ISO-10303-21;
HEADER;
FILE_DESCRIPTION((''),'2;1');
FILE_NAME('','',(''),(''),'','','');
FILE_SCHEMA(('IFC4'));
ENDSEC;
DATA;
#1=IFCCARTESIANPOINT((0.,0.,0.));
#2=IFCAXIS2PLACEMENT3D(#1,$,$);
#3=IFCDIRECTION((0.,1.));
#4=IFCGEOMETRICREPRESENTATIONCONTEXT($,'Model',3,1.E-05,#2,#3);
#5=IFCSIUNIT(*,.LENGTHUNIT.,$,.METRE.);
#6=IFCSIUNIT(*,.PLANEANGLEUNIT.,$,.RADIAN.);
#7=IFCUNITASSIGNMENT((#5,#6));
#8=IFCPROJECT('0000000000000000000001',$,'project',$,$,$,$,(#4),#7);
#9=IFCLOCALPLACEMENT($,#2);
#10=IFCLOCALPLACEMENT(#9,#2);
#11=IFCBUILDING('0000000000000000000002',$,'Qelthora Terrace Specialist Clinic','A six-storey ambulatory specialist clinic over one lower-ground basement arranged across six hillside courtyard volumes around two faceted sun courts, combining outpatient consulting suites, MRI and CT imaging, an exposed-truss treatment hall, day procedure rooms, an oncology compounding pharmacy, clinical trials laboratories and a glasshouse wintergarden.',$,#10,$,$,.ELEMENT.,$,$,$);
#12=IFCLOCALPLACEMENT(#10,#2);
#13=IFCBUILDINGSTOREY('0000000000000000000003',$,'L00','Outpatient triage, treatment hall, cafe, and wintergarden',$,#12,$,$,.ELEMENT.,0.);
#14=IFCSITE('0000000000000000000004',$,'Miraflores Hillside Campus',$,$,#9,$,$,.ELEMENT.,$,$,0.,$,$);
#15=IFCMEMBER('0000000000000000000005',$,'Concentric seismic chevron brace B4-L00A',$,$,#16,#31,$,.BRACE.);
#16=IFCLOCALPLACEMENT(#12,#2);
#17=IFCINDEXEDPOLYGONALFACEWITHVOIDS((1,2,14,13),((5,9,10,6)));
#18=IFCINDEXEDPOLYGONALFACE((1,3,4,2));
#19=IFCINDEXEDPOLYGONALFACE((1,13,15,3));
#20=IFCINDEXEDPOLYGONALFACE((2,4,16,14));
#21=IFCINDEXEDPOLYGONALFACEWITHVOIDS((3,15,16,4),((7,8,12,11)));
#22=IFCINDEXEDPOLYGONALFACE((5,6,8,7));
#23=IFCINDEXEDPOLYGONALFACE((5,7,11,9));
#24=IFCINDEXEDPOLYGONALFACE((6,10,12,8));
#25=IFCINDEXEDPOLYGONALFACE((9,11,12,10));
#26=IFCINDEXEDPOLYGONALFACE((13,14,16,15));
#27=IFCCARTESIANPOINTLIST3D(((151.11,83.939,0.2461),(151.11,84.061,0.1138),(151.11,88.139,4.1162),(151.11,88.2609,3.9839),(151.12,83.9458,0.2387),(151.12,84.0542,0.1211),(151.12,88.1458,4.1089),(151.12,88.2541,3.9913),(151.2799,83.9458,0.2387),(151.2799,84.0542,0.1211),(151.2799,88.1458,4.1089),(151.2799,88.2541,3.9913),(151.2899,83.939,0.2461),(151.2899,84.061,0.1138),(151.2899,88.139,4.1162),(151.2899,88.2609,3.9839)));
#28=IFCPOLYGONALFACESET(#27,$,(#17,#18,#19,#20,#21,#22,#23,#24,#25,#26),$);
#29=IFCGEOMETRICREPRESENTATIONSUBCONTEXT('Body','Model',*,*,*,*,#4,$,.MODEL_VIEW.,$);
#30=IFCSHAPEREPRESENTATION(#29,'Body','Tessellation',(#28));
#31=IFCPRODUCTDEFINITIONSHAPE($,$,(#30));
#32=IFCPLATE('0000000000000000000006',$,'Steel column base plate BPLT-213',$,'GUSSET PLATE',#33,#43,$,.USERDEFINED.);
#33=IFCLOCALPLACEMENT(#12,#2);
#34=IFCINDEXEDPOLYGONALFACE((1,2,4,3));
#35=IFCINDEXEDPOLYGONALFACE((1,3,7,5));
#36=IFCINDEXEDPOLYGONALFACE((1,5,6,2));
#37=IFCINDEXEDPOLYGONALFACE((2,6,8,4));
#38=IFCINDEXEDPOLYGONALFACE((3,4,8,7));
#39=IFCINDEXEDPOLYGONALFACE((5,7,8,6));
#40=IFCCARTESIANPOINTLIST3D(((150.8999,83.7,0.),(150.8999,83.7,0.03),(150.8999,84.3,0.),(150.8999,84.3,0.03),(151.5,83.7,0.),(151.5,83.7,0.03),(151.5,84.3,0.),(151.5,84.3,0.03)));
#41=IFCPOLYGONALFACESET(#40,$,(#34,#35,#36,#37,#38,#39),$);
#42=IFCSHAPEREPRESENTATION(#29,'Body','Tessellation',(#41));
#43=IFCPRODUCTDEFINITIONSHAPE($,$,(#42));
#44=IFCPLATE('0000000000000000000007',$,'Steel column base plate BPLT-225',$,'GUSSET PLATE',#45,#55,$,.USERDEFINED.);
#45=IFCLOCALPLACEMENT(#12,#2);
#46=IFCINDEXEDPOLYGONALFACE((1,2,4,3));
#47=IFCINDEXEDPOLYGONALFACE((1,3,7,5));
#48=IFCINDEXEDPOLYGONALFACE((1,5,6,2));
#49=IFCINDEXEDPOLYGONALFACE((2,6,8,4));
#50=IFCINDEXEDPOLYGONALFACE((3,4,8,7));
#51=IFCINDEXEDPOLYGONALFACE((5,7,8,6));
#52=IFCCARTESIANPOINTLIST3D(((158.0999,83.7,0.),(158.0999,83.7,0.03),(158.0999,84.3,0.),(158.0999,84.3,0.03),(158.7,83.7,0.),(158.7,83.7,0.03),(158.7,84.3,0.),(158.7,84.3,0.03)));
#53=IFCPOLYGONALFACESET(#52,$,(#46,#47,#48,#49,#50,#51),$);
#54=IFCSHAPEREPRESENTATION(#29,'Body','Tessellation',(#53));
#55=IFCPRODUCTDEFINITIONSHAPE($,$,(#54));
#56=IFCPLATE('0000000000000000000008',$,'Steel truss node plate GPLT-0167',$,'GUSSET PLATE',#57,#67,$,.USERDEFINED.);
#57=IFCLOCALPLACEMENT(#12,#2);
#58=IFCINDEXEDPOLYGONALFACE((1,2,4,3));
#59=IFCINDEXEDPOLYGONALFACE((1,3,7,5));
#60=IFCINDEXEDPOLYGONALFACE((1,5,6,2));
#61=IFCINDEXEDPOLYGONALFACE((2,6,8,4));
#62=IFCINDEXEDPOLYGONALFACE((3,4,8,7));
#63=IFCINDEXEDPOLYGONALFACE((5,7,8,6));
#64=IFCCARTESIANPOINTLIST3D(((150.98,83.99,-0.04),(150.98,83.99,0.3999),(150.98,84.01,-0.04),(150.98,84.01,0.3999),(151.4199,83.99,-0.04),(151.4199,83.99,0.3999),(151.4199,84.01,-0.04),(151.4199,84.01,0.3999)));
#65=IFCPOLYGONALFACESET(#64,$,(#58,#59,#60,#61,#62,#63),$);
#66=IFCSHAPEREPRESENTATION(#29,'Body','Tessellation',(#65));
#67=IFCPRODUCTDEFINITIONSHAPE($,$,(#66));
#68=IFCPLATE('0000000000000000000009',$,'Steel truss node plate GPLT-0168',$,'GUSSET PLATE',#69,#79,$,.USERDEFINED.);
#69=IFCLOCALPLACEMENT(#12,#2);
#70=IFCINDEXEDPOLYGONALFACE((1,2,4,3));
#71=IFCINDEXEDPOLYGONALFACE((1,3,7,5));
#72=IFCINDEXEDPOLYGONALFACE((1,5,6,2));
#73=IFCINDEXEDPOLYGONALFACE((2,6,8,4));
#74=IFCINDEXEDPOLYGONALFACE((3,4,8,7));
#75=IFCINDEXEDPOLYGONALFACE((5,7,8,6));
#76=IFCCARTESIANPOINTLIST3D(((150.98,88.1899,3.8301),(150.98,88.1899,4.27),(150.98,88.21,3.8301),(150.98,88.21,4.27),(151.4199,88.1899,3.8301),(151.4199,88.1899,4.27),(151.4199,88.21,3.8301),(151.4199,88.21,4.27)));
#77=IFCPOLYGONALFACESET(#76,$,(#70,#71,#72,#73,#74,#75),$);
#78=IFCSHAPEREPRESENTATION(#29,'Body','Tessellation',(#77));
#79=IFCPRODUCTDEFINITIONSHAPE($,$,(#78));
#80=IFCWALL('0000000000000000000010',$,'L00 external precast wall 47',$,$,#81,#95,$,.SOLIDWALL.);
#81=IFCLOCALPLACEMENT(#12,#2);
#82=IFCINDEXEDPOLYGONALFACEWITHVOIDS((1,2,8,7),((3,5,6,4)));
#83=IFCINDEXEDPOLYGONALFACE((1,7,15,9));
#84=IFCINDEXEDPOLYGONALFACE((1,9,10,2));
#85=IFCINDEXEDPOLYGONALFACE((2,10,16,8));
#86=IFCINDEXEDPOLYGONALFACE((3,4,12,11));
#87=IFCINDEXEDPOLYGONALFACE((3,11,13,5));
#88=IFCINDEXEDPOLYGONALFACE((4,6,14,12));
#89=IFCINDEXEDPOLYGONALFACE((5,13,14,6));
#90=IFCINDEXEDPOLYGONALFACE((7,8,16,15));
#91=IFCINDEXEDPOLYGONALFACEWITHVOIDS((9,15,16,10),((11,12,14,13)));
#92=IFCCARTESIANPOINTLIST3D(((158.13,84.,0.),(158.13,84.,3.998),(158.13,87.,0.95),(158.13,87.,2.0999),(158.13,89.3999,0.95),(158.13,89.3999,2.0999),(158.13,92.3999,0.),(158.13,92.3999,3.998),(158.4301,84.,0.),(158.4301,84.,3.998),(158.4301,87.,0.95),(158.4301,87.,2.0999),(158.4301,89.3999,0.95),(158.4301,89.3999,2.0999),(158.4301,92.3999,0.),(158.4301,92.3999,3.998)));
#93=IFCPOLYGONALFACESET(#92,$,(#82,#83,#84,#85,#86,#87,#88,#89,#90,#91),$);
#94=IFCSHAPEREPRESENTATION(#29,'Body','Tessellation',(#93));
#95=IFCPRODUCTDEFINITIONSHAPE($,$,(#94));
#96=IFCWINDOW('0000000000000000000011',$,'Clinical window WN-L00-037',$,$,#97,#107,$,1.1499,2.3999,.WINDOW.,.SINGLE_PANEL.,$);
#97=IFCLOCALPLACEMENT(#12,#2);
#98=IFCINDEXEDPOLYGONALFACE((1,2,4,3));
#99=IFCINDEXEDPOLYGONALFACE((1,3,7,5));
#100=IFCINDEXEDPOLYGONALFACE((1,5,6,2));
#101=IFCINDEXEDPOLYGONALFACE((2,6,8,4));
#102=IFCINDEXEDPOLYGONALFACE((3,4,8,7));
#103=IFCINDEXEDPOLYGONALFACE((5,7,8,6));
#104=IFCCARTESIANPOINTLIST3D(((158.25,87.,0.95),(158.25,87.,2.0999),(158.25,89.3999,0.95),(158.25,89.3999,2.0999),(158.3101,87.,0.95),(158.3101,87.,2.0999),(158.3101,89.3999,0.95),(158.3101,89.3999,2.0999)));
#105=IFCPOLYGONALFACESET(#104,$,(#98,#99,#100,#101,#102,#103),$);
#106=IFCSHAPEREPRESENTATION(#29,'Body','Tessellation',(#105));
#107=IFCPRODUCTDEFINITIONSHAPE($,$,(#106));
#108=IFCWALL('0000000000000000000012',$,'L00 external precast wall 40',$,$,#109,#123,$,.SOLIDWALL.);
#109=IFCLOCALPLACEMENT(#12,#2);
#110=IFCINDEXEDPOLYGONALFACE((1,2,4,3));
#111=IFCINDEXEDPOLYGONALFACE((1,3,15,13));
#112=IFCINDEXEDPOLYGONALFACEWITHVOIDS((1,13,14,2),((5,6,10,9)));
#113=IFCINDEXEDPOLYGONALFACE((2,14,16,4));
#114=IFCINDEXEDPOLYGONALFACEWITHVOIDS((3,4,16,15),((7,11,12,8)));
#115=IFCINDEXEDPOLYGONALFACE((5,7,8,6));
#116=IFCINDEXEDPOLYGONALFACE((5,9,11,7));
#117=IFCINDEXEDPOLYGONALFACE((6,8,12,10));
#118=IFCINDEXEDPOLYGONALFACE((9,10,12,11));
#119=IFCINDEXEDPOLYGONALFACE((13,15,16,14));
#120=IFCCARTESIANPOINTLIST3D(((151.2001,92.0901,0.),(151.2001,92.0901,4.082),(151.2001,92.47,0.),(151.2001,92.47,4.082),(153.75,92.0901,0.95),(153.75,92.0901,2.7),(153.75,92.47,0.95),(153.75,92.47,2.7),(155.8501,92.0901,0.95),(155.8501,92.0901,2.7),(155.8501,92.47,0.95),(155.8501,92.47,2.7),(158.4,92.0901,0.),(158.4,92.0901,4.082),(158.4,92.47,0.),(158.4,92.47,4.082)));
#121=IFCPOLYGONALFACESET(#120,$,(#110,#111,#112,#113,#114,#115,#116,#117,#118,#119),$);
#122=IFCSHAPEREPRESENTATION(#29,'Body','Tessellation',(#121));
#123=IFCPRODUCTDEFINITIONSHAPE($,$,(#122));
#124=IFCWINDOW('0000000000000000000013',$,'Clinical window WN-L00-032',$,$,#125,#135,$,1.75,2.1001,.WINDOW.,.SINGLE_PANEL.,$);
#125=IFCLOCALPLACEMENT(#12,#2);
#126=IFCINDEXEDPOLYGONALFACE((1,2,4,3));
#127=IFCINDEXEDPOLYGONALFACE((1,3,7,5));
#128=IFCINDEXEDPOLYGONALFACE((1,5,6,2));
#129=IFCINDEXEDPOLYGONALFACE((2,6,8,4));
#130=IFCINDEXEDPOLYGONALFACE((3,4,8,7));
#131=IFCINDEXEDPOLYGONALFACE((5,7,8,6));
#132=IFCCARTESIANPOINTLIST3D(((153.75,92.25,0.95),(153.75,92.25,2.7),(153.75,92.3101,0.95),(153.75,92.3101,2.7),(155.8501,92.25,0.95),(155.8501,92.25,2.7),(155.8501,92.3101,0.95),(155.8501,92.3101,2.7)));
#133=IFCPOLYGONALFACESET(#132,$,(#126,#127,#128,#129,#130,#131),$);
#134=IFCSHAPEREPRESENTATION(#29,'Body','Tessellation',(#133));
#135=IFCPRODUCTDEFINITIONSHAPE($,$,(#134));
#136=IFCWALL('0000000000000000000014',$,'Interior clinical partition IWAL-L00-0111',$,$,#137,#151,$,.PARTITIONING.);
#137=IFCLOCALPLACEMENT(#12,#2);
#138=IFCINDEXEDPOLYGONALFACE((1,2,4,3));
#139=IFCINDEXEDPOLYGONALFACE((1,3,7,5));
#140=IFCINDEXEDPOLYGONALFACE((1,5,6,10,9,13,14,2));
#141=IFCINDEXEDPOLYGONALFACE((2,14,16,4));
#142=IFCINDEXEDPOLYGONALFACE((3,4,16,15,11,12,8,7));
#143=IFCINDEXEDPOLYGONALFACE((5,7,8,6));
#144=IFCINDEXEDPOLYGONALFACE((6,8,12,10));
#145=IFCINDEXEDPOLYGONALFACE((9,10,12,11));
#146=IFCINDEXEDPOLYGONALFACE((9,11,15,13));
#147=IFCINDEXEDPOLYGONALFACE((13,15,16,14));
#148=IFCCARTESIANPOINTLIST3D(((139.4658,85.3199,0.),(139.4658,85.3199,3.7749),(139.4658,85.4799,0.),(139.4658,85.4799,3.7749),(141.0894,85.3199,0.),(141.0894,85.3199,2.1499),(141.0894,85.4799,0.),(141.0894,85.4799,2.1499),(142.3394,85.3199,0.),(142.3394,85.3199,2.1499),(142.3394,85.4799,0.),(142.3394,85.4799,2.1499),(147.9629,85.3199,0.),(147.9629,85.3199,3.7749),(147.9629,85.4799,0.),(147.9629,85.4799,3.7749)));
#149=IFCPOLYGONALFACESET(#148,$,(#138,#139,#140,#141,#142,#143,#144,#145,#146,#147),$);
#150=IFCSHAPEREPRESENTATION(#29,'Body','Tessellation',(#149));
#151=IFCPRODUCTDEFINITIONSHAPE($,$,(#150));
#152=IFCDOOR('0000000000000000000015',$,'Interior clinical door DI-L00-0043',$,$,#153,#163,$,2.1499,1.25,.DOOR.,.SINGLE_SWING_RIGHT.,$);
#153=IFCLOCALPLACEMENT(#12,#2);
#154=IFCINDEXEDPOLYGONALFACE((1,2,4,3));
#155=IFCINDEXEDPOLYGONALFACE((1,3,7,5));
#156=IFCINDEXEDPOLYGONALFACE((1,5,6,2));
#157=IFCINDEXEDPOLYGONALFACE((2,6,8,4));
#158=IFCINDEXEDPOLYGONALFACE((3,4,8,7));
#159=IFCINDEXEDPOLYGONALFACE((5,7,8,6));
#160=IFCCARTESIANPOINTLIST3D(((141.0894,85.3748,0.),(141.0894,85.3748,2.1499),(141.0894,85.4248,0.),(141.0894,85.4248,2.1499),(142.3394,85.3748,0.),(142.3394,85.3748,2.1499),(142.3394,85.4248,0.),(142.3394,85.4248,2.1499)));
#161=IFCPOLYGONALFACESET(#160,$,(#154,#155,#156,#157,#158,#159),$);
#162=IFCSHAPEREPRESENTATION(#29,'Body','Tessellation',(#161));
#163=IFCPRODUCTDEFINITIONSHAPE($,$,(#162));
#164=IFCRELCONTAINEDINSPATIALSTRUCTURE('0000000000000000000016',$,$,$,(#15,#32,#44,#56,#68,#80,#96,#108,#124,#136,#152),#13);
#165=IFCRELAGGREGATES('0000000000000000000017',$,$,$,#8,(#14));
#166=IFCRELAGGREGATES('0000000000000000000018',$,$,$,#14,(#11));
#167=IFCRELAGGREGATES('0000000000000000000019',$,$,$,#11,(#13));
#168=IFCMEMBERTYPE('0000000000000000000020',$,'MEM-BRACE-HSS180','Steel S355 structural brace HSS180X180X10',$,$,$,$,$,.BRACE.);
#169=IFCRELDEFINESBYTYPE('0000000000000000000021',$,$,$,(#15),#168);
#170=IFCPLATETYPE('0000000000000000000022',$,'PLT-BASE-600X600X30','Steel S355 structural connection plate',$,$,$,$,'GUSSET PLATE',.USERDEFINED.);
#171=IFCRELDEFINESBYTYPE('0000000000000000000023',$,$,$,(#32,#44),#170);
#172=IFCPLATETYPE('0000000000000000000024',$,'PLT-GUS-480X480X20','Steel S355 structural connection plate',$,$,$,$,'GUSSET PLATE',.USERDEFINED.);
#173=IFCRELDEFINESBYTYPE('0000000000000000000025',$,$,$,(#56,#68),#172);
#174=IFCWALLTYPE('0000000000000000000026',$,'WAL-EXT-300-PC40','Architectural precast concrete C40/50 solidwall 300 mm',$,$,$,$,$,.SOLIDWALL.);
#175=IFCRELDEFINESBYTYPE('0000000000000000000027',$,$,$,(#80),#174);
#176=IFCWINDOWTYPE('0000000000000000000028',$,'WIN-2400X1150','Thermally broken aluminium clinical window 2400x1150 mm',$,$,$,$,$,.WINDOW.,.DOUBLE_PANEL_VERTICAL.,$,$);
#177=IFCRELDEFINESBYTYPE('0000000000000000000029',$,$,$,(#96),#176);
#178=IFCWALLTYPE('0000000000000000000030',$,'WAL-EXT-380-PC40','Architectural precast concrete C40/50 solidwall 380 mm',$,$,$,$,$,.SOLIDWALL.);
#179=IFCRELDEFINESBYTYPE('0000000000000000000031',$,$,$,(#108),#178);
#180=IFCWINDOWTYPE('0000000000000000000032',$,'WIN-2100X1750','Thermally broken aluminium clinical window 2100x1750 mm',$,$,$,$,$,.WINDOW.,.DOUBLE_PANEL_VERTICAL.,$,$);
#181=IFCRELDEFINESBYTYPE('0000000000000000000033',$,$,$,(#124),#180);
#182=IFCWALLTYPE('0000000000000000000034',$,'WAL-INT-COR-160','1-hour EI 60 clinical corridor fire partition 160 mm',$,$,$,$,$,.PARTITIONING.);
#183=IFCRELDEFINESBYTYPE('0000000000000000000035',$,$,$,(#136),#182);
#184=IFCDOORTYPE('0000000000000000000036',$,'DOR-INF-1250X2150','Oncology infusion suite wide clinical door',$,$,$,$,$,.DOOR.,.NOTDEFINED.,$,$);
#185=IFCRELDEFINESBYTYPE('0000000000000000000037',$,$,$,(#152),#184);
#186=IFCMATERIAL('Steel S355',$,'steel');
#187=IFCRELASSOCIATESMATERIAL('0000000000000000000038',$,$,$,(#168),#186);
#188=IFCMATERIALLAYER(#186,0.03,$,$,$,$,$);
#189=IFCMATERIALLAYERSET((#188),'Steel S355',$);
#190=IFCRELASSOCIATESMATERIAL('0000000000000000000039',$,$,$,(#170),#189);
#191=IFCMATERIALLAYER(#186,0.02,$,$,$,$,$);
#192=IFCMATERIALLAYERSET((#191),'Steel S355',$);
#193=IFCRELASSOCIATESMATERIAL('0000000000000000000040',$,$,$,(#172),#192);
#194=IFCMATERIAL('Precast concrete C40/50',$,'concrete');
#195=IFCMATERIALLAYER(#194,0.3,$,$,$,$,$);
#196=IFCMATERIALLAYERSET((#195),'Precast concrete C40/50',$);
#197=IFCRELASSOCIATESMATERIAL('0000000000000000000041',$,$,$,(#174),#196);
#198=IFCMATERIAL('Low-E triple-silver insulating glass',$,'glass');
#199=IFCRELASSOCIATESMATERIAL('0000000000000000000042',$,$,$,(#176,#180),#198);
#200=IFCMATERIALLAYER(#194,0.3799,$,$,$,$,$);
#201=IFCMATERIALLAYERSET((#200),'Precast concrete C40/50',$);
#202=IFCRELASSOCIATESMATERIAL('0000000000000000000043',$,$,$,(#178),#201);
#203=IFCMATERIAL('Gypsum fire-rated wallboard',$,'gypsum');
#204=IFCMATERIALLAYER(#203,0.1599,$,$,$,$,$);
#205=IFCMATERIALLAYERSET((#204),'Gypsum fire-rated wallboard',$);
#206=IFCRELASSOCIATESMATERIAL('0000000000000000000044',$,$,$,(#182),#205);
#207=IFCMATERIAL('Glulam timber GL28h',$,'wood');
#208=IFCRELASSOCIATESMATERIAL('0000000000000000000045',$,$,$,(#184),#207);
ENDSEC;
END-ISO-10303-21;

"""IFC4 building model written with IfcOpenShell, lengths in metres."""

from ifc_helpers import new_model, si_unit, direction, frame, frame_2d, origin, origin_2d, place, context, subcontext, project, spatial, rectangle, hollow_rectangle, extrude, material, layer, layer_set, material_profile, profile_set, type_object, element, fill, save


model = new_model("IFC4")

# Units and contexts
model_context = context("Model", 3, precision=1e-05, world=origin(), true_north=direction((0.0, 1.0)))
body_context = subcontext(model_context, "Body", "Model", "MODEL_VIEW")
ifc_project = project(units=[si_unit("LENGTHUNIT", "METRE"), si_unit("PLANEANGLEUNIT", "RADIAN")], contexts=[model_context])

# Site, building, storey
site_placement = place(None, origin())
site = spatial("IfcSite", under=ifc_project, at=site_placement, Name="Miraflores Hillside Campus", CompositionType="ELEMENT", RefElevation=0.0)
building_placement = place(site_placement, origin())
building = spatial("IfcBuilding", under=site, at=building_placement, Name="Qelthora Terrace Specialist Clinic", Description="A six-storey ambulatory specialist clinic over one lower-ground basement arranged across six hillside courtyard volumes around two faceted sun courts, combining outpatient consulting suites, MRI and CT imaging, an exposed-truss treatment hall, day procedure rooms, an oncology compounding pharmacy, clinical trials laboratories and a glasshouse wintergarden.", CompositionType="ELEMENT")
storey_placement = place(building_placement, origin())
storey = spatial("IfcBuildingStorey", under=building, at=storey_placement, Name="L00", Description="Outpatient triage, treatment hall, cafe, and wintergarden", CompositionType="ELEMENT", Elevation=0.0)

# Shared definitions
ifc_material_1 = material(Name="Steel S355", Category="steel")

# Member
ifc_material_profile_1 = material_profile(ifc_material_1, hollow_rectangle(XDim=0.1799, YDim=0.1799, WallThickness=0.01, at=origin_2d()), Name="HSS180X180X10")
ifc_profile_set_1 = profile_set([ifc_material_profile_1], Name="Steel S355")
member_type = type_object("IfcMemberType", Name="MEM-BRACE-HSS180", Description="Steel S355 structural brace HSS180X180X10", PredefinedType="BRACE", material=ifc_profile_set_1)
member_placement = place(storey_placement, frame((151.2, 84.0, 0.1799), z_axis=(0.0, 0.735393, 0.677641), x_axis=(-1.0, 0.0, 0.0)))
element("IfcMember", 1, at=member_placement, inside=storey, type_object=member_type, Name="Concentric seismic chevron brace B4-L00A", PredefinedType="BRACE", context=body_context, shape_type="SweptSolid", body=[
    extrude(hollow_rectangle(XDim=0.1799, YDim=0.1799, WallThickness=0.01, at=origin_2d()), origin(), (0.0, 0.0, 1.0), 5.7112),
])

# Plates
ifc_layer_1 = layer(ifc_material_1, 0.03)
ifc_layer_set_1 = layer_set([ifc_layer_1], Name="Steel S355")
plate_type_1 = type_object("IfcPlateType", Name="PLT-BASE-600X600X30", Description="Steel S355 structural connection plate", ElementType="GUSSET PLATE", PredefinedType="USERDEFINED", material=ifc_layer_set_1)
for number, where, z_axis, x_axis, name in (
    (2, (151.2, 84.0, 0.0), (0.0, 0.0, 1.0), (1.0, 0.0, 0.0), "Steel column base plate BPLT-213"),
    (3, (158.3999, 84.0, 0.0), (0.0, 0.0, 1.0), (1.0, 0.0, 0.0), "Steel column base plate BPLT-225"),
):
    element("IfcPlate", number, at=place(storey_placement, frame(where, z_axis=z_axis, x_axis=x_axis)), inside=storey, type_object=plate_type_1, Name=name, ObjectType="GUSSET PLATE", PredefinedType="USERDEFINED", context=body_context, shape_type="SweptSolid", body=[
        extrude(rectangle(XDim=0.6001, YDim=0.6001, at=origin_2d()), origin(), (0.0, 0.0, 1.0), 0.03),
    ])
ifc_layer_2 = layer(ifc_material_1, 0.02)
ifc_layer_set_2 = layer_set([ifc_layer_2], Name="Steel S355")
plate_type_2 = type_object("IfcPlateType", Name="PLT-GUS-480X480X20", Description="Steel S355 structural connection plate", ElementType="GUSSET PLATE", PredefinedType="USERDEFINED", material=ifc_layer_set_2)
for number, where, z_axis, x_axis, name in (
    (4, (151.2, 84.0, -0.04), (0.0, 0.0, 1.0), (1.0, 0.0, 0.0), "Steel truss node plate GPLT-0167"),
    (5, (151.2, 88.2, 3.8301), (0.0, 0.0, 1.0), (1.0, 0.0, 0.0), "Steel truss node plate GPLT-0168"),
):
    element("IfcPlate", number, at=place(storey_placement, frame(where, z_axis=z_axis, x_axis=x_axis)), inside=storey, type_object=plate_type_2, Name=name, ObjectType="GUSSET PLATE", PredefinedType="USERDEFINED", context=body_context, shape_type="SweptSolid", body=[
        extrude(rectangle(XDim=0.4399, YDim=0.02, at=origin_2d()), origin(), (0.0, 0.0, 1.0), 0.4399),
    ])

# Walls, openings, windows
ifc_material_2 = material(Name="Precast concrete C40/50", Category="concrete")
ifc_layer_3 = layer(ifc_material_2, 0.3)
ifc_layer_set_3 = layer_set([ifc_layer_3], Name="Precast concrete C40/50")
wall_type_1 = type_object("IfcWallType", Name="WAL-EXT-300-PC40", Description="Architectural precast concrete C40/50 solidwall 300 mm", PredefinedType="SOLIDWALL", material=ifc_layer_set_3)
wall_1_placement = place(storey_placement, frame((158.28, 84.0, 0.0), z_axis=(0.0, 0.0, 1.0), x_axis=(0.0, 1.0, 0.0)))
wall_1 = element("IfcWall", 6, at=wall_1_placement, inside=storey, type_object=wall_type_1, Name="L00 external precast wall 47", PredefinedType="SOLIDWALL", context=body_context, shape_type="SweptSolid", body=[
    extrude(rectangle(XDim=8.3999, YDim=0.3, at=frame_2d((4.2, 0.0))), origin(), (0.0, 0.0, 1.0), 3.998),
])
opening_1_placement = place(wall_1_placement, frame((3.0, 0.0, 0.95)))
opening_1 = element("IfcOpeningElement", 7, at=opening_1_placement, cuts=wall_1, PredefinedType="OPENING", context=body_context, shape_type="SweptSolid", body=[
    extrude(rectangle(XDim=2.3999, YDim=1.1499, at=frame_2d((1.2, 0.575))), frame((0.0, 0.1599, 0.0), z_axis=(0.0, -1.0, 0.0), x_axis=(1.0, 0.0, 0.0)), (0.0, 0.0, 1.0), 0.3201),
])
ifc_material_3 = material(Name="Low-E triple-silver insulating glass", Category="glass")
window_type_1 = type_object("IfcWindowType", Name="WIN-2400X1150", Description="Thermally broken aluminium clinical window 2400x1150 mm", PartitioningType="DOUBLE_PANEL_VERTICAL", PredefinedType="WINDOW", material=ifc_material_3)
window_1_placement = place(opening_1_placement, origin())
window_1 = element("IfcWindow", 8, at=window_1_placement, inside=storey, type_object=window_type_1, Name="Clinical window WN-L00-037", OverallHeight=1.1499, OverallWidth=2.3999, PartitioningType="SINGLE_PANEL", PredefinedType="WINDOW", context=body_context, shape_type="SweptSolid", body=[
    extrude(rectangle(XDim=2.3999, YDim=1.1499, at=frame_2d((1.2, 0.575))), frame((0.0, 0.03, 0.0), z_axis=(0.0, -1.0, 0.0), x_axis=(1.0, 0.0, 0.0)), (0.0, 0.0, 1.0), 0.0601),
])
fill(opening_1, window_1)
ifc_layer_4 = layer(ifc_material_2, 0.3799)
ifc_layer_set_4 = layer_set([ifc_layer_4], Name="Precast concrete C40/50")
wall_type_2 = type_object("IfcWallType", Name="WAL-EXT-380-PC40", Description="Architectural precast concrete C40/50 solidwall 380 mm", PredefinedType="SOLIDWALL", material=ifc_layer_set_4)
wall_2_placement = place(storey_placement, frame((151.2, 92.28, 0.0), z_axis=(0.0, 0.0, 1.0), x_axis=(1.0, 0.0, 0.0)))
wall_2 = element("IfcWall", 9, at=wall_2_placement, inside=storey, type_object=wall_type_2, Name="L00 external precast wall 40", PredefinedType="SOLIDWALL", context=body_context, shape_type="SweptSolid", body=[
    extrude(rectangle(XDim=7.2, YDim=0.3799, at=frame_2d((3.6001, 0.0))), origin(), (0.0, 0.0, 1.0), 4.082),
])
opening_2_placement = place(wall_2_placement, frame((2.55, 0.0, 0.95)))
opening_2 = element("IfcOpeningElement", 10, at=opening_2_placement, cuts=wall_2, PredefinedType="OPENING", context=body_context, shape_type="SweptSolid", body=[
    extrude(rectangle(XDim=2.1001, YDim=1.75, at=frame_2d((1.05, 0.875))), frame((0.0, 0.2, 0.0), z_axis=(0.0, -1.0, 0.0), x_axis=(1.0, 0.0, 0.0)), (0.0, 0.0, 1.0), 0.3999),
])
window_type_2 = type_object("IfcWindowType", Name="WIN-2100X1750", Description="Thermally broken aluminium clinical window 2100x1750 mm", PartitioningType="DOUBLE_PANEL_VERTICAL", PredefinedType="WINDOW", material=ifc_material_3)
window_2_placement = place(opening_2_placement, origin())
window_2 = element("IfcWindow", 11, at=window_2_placement, inside=storey, type_object=window_type_2, Name="Clinical window WN-L00-032", OverallHeight=1.75, OverallWidth=2.1001, PartitioningType="SINGLE_PANEL", PredefinedType="WINDOW", context=body_context, shape_type="SweptSolid", body=[
    extrude(rectangle(XDim=2.1001, YDim=1.75, at=frame_2d((1.05, 0.875))), frame((0.0, 0.03, 0.0), z_axis=(0.0, -1.0, 0.0), x_axis=(1.0, 0.0, 0.0)), (0.0, 0.0, 1.0), 0.0601),
])
fill(opening_2, window_2)

# Wall, opening, door
ifc_material_4 = material(Name="Gypsum fire-rated wallboard", Category="gypsum")
ifc_layer_5 = layer(ifc_material_4, 0.1599)
ifc_layer_set_5 = layer_set([ifc_layer_5], Name="Gypsum fire-rated wallboard")
wall_type_3 = type_object("IfcWallType", Name="WAL-INT-COR-160", Description="1-hour EI 60 clinical corridor fire partition 160 mm", PredefinedType="PARTITIONING", material=ifc_layer_set_5)
wall_3_placement = place(storey_placement, frame((147.9629, 85.3999, 0.0), z_axis=(0.0, 0.0, 1.0), x_axis=(-1.0, 0.0, 0.0)))
wall_3 = element("IfcWall", 12, at=wall_3_placement, inside=storey, type_object=wall_type_3, Name="Interior clinical partition IWAL-L00-0111", PredefinedType="PARTITIONING", context=body_context, shape_type="SweptSolid", body=[
    extrude(rectangle(XDim=8.4971, YDim=0.1599, at=frame_2d((4.2485, 0.0))), origin(), (0.0, 0.0, 1.0), 3.7749),
])
opening_3_placement = place(wall_3_placement, frame((5.6235, 0.0, 0.0)))
opening_3 = element("IfcOpeningElement", 13, at=opening_3_placement, cuts=wall_3, PredefinedType="OPENING", context=body_context, shape_type="SweptSolid", body=[
    extrude(rectangle(XDim=1.25, YDim=2.1499, at=frame_2d((0.625, 1.075))), frame((0.0, 0.0898, 0.0), z_axis=(0.0, -1.0, 0.0), x_axis=(1.0, 0.0, 0.0)), (0.0, 0.0, 1.0), 0.1799),
])
ifc_material_5 = material(Name="Glulam timber GL28h", Category="wood")
door_type_1 = type_object("IfcDoorType", Name="DOR-INF-1250X2150", Description="Oncology infusion suite wide clinical door", OperationType="NOTDEFINED", PredefinedType="DOOR", material=ifc_material_5)
door_1_placement = place(opening_3_placement, frame((1.25, 0.0, 0.0), z_axis=(0.0, 0.0, 1.0), x_axis=(-1.0, 0.0, 0.0)))
door_1 = element("IfcDoor", 14, at=door_1_placement, inside=storey, type_object=door_type_1, Name="Interior clinical door DI-L00-0043", OperationType="SINGLE_SWING_RIGHT", OverallHeight=2.1499, OverallWidth=1.25, PredefinedType="DOOR", context=body_context, shape_type="SweptSolid", body=[
    extrude(rectangle(XDim=1.25, YDim=2.1499, at=frame_2d((0.625, 1.075))), frame((0.0, 0.0249, 0.0), z_axis=(0.0, -1.0, 0.0), x_axis=(1.0, 0.0, 0.0)), (0.0, 0.0, 1.0), 0.05),
])
fill(opening_3, door_1)

save(model, "model.ifc")
